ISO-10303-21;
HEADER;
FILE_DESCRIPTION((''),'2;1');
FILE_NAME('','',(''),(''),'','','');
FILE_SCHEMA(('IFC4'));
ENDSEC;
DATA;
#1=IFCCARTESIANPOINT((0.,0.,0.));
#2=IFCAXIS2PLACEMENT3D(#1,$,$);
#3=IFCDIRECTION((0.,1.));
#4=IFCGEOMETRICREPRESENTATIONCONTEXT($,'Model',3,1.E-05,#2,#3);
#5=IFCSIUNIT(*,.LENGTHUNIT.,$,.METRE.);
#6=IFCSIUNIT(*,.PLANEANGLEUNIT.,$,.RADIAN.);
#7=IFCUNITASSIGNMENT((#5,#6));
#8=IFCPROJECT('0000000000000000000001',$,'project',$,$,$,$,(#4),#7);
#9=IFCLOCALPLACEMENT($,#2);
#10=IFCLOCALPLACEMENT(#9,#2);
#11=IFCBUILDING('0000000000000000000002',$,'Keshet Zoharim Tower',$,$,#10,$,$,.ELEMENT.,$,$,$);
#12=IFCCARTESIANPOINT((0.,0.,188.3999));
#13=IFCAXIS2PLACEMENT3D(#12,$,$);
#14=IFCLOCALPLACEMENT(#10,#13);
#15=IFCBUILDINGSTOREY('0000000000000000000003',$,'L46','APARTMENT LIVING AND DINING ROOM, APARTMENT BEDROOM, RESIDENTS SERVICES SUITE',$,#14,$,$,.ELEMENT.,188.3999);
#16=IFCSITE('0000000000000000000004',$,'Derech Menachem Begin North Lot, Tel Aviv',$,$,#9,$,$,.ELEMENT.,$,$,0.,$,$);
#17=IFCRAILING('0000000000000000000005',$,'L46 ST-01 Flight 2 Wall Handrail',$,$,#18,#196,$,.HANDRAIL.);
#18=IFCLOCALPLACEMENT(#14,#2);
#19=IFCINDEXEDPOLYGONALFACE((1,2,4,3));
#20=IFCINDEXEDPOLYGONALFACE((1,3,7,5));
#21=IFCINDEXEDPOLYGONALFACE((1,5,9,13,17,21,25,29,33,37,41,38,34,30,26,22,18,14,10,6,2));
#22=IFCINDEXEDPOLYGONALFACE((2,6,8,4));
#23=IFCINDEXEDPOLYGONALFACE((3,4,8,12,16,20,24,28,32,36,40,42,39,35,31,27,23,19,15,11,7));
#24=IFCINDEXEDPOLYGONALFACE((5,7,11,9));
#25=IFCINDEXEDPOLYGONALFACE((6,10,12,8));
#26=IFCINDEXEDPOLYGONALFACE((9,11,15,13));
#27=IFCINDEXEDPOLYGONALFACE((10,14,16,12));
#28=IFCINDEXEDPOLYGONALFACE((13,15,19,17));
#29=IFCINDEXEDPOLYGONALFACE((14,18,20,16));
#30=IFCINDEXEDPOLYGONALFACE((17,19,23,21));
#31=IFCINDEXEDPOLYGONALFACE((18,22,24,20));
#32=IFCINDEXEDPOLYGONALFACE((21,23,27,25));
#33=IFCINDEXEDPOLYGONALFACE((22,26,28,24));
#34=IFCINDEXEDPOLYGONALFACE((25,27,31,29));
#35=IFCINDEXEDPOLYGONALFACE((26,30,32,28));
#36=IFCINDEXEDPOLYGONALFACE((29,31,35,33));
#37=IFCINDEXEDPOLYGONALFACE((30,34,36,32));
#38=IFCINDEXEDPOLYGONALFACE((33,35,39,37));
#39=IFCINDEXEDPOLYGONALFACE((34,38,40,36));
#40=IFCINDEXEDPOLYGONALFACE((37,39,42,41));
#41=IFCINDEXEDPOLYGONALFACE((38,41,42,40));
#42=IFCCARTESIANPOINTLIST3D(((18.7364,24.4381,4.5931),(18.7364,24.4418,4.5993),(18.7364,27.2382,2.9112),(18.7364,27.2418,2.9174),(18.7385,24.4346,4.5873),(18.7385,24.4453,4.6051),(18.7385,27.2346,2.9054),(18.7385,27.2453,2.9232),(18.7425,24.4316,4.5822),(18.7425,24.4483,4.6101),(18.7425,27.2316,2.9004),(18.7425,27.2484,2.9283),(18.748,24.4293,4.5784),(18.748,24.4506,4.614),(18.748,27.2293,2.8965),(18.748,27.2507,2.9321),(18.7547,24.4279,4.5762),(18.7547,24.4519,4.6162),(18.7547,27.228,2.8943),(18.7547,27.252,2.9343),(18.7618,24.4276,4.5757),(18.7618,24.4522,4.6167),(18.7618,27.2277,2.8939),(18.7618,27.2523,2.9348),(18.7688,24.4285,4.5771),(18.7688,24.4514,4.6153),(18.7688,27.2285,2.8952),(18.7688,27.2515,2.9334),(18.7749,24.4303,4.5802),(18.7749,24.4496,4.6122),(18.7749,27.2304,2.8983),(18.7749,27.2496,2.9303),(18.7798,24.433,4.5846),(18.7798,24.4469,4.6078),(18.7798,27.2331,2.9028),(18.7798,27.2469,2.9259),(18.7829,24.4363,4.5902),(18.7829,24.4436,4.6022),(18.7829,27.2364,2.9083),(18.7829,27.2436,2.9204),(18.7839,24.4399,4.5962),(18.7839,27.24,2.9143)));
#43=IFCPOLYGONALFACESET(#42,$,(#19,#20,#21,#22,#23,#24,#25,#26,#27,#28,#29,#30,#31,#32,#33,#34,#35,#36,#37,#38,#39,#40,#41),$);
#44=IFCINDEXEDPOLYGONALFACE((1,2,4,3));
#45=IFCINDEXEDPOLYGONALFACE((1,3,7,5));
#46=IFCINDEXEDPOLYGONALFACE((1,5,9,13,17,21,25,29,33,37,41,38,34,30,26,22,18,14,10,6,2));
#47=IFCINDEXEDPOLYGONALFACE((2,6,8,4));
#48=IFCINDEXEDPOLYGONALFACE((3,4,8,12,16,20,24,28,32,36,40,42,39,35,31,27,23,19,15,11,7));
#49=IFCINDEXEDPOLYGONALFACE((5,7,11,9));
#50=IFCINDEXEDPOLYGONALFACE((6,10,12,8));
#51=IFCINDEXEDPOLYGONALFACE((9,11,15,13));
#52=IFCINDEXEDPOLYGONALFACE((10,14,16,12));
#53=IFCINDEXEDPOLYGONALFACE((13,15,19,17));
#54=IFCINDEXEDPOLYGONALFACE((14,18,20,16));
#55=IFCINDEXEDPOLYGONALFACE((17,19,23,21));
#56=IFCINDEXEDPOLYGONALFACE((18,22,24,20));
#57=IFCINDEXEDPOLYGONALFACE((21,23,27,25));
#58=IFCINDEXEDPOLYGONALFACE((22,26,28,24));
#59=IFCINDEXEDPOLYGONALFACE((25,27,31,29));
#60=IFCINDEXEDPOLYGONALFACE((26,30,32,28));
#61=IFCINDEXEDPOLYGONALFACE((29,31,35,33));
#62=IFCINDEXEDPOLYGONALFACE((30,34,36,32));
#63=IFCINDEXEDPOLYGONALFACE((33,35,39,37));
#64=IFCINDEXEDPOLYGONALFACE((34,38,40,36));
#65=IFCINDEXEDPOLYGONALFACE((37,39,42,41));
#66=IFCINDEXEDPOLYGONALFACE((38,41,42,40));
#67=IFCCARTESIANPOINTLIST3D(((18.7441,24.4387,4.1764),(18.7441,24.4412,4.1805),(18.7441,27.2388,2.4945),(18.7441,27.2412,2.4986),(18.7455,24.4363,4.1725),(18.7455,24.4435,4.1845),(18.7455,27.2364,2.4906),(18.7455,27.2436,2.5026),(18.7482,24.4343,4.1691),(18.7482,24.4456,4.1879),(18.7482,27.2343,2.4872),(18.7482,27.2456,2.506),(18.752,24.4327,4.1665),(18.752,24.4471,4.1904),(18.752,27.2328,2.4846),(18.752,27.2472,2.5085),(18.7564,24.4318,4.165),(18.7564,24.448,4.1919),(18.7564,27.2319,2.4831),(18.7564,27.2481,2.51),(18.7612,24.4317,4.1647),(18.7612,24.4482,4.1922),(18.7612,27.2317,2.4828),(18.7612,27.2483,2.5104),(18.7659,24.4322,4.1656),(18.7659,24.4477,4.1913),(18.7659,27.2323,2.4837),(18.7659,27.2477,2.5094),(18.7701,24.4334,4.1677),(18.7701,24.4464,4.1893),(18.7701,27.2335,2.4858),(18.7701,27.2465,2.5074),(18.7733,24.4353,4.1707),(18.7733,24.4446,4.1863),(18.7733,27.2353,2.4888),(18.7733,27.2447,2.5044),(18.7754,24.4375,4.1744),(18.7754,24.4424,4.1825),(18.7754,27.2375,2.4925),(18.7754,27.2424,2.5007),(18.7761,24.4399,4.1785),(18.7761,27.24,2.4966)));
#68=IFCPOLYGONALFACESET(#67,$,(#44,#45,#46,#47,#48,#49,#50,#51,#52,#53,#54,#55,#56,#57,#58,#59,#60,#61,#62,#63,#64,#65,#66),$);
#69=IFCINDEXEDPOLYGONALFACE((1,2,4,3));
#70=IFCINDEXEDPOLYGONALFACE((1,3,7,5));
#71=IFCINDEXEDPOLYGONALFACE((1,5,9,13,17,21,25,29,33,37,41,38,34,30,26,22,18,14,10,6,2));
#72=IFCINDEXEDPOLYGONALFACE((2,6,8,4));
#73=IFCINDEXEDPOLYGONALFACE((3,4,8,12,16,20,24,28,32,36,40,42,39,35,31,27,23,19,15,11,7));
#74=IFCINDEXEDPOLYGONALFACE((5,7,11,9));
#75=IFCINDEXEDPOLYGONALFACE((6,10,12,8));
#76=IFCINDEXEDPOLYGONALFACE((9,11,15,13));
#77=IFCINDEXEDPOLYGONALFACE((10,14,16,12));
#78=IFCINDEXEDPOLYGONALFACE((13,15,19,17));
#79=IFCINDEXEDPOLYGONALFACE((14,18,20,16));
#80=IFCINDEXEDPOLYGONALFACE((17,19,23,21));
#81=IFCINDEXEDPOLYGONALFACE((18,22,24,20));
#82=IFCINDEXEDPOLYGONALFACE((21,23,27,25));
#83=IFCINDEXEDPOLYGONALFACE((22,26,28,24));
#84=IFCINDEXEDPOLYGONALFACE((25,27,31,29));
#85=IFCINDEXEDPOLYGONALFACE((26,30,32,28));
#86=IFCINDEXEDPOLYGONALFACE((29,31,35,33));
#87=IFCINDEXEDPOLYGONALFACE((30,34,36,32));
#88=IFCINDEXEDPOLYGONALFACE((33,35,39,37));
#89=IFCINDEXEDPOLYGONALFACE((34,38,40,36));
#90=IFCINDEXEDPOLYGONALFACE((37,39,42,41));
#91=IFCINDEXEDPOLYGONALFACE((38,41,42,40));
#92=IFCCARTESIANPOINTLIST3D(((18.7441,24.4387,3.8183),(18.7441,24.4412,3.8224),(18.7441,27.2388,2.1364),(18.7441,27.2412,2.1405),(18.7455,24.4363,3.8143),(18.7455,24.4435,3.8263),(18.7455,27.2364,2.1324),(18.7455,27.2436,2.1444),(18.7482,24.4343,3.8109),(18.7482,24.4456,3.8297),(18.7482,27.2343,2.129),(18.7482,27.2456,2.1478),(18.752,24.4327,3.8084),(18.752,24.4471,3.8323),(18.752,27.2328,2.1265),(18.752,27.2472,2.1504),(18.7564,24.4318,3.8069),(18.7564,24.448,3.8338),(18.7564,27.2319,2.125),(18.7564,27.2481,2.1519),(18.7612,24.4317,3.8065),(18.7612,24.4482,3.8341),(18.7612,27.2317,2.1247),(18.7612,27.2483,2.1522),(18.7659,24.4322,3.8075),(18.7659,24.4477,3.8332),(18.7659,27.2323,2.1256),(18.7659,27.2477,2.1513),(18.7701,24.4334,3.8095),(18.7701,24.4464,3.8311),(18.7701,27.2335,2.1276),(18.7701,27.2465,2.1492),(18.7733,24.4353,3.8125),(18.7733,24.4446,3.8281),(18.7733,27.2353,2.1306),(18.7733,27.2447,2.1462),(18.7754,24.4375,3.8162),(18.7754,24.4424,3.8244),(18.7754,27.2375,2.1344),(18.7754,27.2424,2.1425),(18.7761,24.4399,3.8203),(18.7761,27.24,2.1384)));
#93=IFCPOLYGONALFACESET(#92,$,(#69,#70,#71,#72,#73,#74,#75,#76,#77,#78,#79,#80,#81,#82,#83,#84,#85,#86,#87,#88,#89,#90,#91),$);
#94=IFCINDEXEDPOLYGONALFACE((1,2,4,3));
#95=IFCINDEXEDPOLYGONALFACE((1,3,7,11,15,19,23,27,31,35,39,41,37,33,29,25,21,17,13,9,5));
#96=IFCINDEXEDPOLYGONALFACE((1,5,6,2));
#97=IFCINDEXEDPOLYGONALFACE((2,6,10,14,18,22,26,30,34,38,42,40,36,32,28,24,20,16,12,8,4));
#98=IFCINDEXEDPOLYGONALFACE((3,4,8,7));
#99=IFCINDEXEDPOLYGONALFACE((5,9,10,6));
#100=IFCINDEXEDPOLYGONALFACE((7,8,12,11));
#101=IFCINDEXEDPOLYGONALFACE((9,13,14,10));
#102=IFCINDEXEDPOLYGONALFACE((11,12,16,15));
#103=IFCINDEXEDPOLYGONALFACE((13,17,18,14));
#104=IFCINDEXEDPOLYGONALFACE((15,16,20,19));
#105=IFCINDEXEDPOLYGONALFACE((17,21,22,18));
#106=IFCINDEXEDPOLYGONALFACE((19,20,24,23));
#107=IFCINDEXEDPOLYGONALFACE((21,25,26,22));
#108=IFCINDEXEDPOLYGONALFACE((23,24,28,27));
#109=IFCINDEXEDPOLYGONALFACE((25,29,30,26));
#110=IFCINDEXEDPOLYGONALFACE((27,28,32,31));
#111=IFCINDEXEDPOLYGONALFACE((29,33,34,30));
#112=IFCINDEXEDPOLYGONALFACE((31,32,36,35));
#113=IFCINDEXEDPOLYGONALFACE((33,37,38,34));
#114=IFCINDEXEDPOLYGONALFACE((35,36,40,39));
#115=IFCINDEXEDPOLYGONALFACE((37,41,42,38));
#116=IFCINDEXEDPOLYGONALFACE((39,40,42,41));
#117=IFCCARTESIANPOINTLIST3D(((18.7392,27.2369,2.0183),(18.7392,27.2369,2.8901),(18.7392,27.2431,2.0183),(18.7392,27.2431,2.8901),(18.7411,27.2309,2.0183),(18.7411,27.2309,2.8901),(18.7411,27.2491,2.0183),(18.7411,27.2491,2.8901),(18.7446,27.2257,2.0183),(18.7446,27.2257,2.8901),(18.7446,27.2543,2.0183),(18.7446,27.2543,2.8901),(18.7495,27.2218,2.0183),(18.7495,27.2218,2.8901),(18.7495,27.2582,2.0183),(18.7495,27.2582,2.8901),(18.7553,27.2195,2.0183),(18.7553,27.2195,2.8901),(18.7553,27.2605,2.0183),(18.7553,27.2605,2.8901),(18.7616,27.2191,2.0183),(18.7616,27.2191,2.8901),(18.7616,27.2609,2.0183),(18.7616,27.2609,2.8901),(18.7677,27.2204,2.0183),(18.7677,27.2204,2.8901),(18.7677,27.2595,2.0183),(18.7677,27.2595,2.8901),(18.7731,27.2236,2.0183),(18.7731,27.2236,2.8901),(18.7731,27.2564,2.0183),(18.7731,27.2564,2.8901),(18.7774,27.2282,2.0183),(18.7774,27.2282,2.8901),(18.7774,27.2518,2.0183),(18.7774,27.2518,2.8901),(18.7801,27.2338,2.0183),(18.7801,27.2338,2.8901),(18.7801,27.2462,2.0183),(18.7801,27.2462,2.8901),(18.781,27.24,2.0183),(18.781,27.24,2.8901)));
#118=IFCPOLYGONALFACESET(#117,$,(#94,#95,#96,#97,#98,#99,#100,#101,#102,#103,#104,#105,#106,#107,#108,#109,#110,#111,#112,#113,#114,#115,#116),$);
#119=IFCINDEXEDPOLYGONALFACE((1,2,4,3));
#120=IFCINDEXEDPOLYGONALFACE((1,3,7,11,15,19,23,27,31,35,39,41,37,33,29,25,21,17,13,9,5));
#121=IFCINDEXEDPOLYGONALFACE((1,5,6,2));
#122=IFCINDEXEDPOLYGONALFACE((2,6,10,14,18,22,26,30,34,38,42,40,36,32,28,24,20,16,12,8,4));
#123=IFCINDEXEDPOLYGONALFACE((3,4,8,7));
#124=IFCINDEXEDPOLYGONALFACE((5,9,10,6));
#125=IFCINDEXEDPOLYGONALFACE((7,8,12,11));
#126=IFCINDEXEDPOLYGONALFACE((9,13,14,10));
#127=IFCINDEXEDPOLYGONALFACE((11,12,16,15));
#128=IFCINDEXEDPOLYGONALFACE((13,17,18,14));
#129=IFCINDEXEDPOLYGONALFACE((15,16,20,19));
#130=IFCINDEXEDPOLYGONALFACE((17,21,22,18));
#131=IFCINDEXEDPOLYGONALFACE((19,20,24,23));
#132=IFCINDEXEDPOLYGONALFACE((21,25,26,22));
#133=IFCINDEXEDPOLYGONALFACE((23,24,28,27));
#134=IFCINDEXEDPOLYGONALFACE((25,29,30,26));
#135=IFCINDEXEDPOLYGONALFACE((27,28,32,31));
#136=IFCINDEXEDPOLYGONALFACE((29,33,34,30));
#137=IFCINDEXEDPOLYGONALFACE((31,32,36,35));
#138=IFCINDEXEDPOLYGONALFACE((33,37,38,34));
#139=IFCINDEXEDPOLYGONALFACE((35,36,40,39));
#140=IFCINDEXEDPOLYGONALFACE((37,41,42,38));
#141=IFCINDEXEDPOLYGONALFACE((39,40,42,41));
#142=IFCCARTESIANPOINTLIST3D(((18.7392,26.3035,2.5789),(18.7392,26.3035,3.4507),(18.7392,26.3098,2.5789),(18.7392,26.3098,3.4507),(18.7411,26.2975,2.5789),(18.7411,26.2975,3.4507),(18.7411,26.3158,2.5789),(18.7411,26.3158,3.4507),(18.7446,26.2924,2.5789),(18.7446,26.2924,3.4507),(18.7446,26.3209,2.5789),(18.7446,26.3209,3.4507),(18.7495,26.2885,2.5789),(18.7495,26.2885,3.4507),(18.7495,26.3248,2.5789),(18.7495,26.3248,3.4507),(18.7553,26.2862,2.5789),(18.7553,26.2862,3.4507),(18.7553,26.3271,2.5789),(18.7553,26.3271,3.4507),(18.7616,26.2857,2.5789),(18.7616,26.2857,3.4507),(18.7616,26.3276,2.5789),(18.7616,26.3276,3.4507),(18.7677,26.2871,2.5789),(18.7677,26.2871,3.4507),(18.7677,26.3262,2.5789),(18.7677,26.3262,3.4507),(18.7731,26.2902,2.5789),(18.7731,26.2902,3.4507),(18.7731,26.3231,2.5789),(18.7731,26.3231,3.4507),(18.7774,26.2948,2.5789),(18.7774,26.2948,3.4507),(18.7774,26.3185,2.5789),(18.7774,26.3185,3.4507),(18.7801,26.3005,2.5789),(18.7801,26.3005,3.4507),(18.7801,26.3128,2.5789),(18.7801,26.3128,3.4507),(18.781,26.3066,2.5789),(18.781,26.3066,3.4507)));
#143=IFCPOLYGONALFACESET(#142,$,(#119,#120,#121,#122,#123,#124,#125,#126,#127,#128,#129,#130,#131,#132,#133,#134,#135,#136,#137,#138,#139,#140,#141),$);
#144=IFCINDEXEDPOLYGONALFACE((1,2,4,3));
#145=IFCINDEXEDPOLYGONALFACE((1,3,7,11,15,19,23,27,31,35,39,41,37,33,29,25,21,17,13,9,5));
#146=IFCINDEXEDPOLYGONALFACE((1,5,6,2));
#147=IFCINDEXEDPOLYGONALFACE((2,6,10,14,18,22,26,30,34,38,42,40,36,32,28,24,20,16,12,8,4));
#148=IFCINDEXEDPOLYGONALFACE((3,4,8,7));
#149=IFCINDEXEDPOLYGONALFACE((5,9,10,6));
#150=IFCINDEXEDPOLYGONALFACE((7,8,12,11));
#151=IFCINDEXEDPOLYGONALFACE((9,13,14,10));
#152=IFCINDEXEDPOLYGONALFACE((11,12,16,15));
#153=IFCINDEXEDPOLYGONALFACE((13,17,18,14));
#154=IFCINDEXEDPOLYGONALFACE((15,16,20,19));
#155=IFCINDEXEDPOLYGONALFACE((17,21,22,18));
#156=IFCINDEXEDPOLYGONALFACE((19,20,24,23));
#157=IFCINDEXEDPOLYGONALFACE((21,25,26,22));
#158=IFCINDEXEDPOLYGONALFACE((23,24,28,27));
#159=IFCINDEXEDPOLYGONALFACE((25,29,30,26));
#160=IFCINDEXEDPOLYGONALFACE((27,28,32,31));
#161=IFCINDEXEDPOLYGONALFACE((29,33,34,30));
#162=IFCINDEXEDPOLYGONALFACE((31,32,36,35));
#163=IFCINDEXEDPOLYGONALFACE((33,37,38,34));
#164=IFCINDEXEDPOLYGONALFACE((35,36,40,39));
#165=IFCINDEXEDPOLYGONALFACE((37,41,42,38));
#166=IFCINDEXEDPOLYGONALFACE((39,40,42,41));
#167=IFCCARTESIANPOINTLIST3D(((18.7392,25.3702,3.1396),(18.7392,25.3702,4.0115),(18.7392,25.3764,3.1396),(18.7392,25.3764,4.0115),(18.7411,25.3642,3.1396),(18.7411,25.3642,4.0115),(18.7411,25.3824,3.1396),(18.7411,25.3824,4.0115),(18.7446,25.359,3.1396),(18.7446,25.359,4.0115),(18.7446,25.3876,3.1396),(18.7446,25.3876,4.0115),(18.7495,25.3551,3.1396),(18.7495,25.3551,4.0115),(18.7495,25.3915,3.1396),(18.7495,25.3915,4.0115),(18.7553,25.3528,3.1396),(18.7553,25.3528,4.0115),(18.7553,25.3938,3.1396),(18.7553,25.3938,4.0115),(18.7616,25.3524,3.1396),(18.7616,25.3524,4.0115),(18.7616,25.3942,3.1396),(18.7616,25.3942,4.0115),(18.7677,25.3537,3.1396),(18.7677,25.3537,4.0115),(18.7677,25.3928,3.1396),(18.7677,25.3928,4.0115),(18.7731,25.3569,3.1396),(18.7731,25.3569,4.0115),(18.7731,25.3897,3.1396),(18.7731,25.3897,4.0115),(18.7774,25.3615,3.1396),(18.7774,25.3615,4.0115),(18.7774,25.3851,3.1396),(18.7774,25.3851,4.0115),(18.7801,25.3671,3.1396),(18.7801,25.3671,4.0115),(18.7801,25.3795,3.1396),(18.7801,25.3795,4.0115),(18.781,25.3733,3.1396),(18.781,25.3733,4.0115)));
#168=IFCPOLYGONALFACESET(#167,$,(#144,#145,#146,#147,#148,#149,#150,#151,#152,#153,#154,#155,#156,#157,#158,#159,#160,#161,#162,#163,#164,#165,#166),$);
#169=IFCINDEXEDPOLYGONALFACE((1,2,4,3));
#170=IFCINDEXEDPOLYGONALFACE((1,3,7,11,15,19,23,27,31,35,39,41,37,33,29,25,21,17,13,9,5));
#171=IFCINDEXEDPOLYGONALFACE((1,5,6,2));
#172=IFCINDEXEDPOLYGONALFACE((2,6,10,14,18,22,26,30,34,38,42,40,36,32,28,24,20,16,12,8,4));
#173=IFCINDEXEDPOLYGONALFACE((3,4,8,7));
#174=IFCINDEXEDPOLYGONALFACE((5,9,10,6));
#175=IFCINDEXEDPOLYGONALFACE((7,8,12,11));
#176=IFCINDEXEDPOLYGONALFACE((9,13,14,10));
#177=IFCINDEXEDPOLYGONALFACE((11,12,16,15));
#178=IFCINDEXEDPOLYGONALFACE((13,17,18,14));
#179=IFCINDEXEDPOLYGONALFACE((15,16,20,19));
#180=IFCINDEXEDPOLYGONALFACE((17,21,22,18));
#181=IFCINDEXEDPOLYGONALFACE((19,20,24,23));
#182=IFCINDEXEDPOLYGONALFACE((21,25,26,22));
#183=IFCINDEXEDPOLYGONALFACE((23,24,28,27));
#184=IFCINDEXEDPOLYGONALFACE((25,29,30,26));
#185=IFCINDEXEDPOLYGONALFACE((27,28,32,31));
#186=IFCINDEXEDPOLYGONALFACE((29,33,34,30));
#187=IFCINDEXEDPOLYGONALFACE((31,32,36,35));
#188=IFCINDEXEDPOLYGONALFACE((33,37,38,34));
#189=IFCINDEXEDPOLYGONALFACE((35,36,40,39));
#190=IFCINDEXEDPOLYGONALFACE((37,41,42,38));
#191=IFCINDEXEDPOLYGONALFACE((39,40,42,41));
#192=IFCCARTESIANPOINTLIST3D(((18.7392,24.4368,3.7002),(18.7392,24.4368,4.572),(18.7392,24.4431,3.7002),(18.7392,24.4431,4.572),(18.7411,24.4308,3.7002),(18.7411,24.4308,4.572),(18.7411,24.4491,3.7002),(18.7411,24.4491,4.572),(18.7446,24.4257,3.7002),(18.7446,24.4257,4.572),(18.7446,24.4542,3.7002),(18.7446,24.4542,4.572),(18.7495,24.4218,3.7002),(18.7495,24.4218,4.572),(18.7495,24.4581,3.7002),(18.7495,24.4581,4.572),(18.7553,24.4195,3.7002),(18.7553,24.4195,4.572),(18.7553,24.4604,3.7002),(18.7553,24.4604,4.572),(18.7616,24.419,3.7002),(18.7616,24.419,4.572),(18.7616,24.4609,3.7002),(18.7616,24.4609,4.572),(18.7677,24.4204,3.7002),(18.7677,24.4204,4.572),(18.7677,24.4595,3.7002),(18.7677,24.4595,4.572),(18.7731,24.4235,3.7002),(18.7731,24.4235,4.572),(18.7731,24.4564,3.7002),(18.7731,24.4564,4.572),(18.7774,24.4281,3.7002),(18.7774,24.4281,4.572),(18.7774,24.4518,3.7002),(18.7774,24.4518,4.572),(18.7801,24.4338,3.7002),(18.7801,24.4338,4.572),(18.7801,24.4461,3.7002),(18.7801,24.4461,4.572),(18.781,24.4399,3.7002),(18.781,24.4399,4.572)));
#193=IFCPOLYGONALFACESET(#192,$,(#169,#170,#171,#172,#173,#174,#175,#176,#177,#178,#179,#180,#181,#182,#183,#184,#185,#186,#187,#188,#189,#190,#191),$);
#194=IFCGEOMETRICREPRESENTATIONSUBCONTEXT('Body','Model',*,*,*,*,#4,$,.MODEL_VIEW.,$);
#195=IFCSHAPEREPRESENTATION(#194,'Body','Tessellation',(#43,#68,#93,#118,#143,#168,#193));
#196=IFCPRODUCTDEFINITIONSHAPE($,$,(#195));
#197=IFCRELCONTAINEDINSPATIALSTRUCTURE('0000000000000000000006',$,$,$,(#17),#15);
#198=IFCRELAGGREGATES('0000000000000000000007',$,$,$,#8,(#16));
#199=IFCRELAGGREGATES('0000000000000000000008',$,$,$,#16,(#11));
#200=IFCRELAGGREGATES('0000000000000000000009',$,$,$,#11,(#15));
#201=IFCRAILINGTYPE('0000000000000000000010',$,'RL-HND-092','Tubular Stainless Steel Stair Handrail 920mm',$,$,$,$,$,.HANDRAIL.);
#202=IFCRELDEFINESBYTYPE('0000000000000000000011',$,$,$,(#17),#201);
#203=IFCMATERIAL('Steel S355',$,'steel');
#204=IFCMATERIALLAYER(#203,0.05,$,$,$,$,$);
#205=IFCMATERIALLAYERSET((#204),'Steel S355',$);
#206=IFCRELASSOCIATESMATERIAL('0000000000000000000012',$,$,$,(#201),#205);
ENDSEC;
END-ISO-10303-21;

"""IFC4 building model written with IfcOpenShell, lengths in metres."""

from ifc_helpers import new_model, si_unit, direction, frame, origin, origin_2d, place, context, subcontext, project, spatial, circle, extrude, material, layer, layer_set, type_object, element, save


model = new_model("IFC4")

# Units and contexts
model_context = context("Model", 3, precision=1e-05, world=origin(), true_north=direction((0.0, 1.0)))
body_context = subcontext(model_context, "Body", "Model", "MODEL_VIEW")
ifc_project = project(units=[si_unit("LENGTHUNIT", "METRE"), si_unit("PLANEANGLEUNIT", "RADIAN")], contexts=[model_context])

# Site, building, storey
site_placement = place(None, origin())
site = spatial("IfcSite", under=ifc_project, at=site_placement, Name="Derech Menachem Begin North Lot, Tel Aviv", CompositionType="ELEMENT", RefElevation=0.0)
building_placement = place(site_placement, origin())
building = spatial("IfcBuilding", under=site, at=building_placement, Name="Keshet Zoharim Tower", CompositionType="ELEMENT")
storey_placement = place(building_placement, frame((0.0, 0.0, 188.3999)))
storey = spatial("IfcBuildingStorey", under=building, at=storey_placement, Name="L46", Description="APARTMENT LIVING AND DINING ROOM, APARTMENT BEDROOM, RESIDENTS SERVICES SUITE", CompositionType="ELEMENT", Elevation=188.3999)

# Shared definitions
ifc_material_1 = material(Name="Steel S355", Category="steel")

# Railing
ifc_layer_1 = layer(ifc_material_1, 0.05)
ifc_layer_set_1 = layer_set([ifc_layer_1], Name="Steel S355")
railing_type_1 = type_object("IfcRailingType", Name="RL-HND-092", Description="Tubular Stainless Steel Stair Handrail 920mm", PredefinedType="HANDRAIL", material=ifc_layer_set_1)
railing_1_placement = place(storey_placement, frame((18.76, 27.24, 2.0183)))
element("IfcRailing", 1, at=railing_1_placement, inside=storey, type_object=railing_type_1, Name="L46 ST-01 Flight 2 Wall Handrail", PredefinedType="HANDRAIL", context=body_context, shape_type="SweptSolid", body=[
    extrude(circle(Radius=0.0239, at=origin_2d()), frame((0.0, 0.0, 0.896), z_axis=(0.0, -0.857242, 0.514913), x_axis=(1.0, 0.0, 0.0)), (0.0, 0.0, 1.0), 3.2664),
    extrude(circle(Radius=0.0161, at=origin_2d()), frame((0.0, 0.0, 0.4783), z_axis=(0.0, -0.857242, 0.514913), x_axis=(1.0, 0.0, 0.0)), (0.0, 0.0, 1.0), 3.2664),
    extrude(circle(Radius=0.0161, at=origin_2d()), frame((0.0, 0.0, 0.1201), z_axis=(0.0, -0.857242, 0.514913), x_axis=(1.0, 0.0, 0.0)), (0.0, 0.0, 1.0), 3.2664),
    extrude(circle(Radius=0.021, at=origin_2d()), origin(), (0.0, 0.0, 1.0), 0.8718),
    extrude(circle(Radius=0.021, at=origin_2d()), frame((0.0, -0.9333, 0.5605)), (0.0, 0.0, 1.0), 0.8718),
    extrude(circle(Radius=0.021, at=origin_2d()), frame((0.0, -1.8667, 1.1213)), (0.0, 0.0, 1.0), 0.8718),
    extrude(circle(Radius=0.021, at=origin_2d()), frame((0.0, -2.8, 1.6819)), (0.0, 0.0, 1.0), 0.8718),
])

save(model, "model.ifc")
